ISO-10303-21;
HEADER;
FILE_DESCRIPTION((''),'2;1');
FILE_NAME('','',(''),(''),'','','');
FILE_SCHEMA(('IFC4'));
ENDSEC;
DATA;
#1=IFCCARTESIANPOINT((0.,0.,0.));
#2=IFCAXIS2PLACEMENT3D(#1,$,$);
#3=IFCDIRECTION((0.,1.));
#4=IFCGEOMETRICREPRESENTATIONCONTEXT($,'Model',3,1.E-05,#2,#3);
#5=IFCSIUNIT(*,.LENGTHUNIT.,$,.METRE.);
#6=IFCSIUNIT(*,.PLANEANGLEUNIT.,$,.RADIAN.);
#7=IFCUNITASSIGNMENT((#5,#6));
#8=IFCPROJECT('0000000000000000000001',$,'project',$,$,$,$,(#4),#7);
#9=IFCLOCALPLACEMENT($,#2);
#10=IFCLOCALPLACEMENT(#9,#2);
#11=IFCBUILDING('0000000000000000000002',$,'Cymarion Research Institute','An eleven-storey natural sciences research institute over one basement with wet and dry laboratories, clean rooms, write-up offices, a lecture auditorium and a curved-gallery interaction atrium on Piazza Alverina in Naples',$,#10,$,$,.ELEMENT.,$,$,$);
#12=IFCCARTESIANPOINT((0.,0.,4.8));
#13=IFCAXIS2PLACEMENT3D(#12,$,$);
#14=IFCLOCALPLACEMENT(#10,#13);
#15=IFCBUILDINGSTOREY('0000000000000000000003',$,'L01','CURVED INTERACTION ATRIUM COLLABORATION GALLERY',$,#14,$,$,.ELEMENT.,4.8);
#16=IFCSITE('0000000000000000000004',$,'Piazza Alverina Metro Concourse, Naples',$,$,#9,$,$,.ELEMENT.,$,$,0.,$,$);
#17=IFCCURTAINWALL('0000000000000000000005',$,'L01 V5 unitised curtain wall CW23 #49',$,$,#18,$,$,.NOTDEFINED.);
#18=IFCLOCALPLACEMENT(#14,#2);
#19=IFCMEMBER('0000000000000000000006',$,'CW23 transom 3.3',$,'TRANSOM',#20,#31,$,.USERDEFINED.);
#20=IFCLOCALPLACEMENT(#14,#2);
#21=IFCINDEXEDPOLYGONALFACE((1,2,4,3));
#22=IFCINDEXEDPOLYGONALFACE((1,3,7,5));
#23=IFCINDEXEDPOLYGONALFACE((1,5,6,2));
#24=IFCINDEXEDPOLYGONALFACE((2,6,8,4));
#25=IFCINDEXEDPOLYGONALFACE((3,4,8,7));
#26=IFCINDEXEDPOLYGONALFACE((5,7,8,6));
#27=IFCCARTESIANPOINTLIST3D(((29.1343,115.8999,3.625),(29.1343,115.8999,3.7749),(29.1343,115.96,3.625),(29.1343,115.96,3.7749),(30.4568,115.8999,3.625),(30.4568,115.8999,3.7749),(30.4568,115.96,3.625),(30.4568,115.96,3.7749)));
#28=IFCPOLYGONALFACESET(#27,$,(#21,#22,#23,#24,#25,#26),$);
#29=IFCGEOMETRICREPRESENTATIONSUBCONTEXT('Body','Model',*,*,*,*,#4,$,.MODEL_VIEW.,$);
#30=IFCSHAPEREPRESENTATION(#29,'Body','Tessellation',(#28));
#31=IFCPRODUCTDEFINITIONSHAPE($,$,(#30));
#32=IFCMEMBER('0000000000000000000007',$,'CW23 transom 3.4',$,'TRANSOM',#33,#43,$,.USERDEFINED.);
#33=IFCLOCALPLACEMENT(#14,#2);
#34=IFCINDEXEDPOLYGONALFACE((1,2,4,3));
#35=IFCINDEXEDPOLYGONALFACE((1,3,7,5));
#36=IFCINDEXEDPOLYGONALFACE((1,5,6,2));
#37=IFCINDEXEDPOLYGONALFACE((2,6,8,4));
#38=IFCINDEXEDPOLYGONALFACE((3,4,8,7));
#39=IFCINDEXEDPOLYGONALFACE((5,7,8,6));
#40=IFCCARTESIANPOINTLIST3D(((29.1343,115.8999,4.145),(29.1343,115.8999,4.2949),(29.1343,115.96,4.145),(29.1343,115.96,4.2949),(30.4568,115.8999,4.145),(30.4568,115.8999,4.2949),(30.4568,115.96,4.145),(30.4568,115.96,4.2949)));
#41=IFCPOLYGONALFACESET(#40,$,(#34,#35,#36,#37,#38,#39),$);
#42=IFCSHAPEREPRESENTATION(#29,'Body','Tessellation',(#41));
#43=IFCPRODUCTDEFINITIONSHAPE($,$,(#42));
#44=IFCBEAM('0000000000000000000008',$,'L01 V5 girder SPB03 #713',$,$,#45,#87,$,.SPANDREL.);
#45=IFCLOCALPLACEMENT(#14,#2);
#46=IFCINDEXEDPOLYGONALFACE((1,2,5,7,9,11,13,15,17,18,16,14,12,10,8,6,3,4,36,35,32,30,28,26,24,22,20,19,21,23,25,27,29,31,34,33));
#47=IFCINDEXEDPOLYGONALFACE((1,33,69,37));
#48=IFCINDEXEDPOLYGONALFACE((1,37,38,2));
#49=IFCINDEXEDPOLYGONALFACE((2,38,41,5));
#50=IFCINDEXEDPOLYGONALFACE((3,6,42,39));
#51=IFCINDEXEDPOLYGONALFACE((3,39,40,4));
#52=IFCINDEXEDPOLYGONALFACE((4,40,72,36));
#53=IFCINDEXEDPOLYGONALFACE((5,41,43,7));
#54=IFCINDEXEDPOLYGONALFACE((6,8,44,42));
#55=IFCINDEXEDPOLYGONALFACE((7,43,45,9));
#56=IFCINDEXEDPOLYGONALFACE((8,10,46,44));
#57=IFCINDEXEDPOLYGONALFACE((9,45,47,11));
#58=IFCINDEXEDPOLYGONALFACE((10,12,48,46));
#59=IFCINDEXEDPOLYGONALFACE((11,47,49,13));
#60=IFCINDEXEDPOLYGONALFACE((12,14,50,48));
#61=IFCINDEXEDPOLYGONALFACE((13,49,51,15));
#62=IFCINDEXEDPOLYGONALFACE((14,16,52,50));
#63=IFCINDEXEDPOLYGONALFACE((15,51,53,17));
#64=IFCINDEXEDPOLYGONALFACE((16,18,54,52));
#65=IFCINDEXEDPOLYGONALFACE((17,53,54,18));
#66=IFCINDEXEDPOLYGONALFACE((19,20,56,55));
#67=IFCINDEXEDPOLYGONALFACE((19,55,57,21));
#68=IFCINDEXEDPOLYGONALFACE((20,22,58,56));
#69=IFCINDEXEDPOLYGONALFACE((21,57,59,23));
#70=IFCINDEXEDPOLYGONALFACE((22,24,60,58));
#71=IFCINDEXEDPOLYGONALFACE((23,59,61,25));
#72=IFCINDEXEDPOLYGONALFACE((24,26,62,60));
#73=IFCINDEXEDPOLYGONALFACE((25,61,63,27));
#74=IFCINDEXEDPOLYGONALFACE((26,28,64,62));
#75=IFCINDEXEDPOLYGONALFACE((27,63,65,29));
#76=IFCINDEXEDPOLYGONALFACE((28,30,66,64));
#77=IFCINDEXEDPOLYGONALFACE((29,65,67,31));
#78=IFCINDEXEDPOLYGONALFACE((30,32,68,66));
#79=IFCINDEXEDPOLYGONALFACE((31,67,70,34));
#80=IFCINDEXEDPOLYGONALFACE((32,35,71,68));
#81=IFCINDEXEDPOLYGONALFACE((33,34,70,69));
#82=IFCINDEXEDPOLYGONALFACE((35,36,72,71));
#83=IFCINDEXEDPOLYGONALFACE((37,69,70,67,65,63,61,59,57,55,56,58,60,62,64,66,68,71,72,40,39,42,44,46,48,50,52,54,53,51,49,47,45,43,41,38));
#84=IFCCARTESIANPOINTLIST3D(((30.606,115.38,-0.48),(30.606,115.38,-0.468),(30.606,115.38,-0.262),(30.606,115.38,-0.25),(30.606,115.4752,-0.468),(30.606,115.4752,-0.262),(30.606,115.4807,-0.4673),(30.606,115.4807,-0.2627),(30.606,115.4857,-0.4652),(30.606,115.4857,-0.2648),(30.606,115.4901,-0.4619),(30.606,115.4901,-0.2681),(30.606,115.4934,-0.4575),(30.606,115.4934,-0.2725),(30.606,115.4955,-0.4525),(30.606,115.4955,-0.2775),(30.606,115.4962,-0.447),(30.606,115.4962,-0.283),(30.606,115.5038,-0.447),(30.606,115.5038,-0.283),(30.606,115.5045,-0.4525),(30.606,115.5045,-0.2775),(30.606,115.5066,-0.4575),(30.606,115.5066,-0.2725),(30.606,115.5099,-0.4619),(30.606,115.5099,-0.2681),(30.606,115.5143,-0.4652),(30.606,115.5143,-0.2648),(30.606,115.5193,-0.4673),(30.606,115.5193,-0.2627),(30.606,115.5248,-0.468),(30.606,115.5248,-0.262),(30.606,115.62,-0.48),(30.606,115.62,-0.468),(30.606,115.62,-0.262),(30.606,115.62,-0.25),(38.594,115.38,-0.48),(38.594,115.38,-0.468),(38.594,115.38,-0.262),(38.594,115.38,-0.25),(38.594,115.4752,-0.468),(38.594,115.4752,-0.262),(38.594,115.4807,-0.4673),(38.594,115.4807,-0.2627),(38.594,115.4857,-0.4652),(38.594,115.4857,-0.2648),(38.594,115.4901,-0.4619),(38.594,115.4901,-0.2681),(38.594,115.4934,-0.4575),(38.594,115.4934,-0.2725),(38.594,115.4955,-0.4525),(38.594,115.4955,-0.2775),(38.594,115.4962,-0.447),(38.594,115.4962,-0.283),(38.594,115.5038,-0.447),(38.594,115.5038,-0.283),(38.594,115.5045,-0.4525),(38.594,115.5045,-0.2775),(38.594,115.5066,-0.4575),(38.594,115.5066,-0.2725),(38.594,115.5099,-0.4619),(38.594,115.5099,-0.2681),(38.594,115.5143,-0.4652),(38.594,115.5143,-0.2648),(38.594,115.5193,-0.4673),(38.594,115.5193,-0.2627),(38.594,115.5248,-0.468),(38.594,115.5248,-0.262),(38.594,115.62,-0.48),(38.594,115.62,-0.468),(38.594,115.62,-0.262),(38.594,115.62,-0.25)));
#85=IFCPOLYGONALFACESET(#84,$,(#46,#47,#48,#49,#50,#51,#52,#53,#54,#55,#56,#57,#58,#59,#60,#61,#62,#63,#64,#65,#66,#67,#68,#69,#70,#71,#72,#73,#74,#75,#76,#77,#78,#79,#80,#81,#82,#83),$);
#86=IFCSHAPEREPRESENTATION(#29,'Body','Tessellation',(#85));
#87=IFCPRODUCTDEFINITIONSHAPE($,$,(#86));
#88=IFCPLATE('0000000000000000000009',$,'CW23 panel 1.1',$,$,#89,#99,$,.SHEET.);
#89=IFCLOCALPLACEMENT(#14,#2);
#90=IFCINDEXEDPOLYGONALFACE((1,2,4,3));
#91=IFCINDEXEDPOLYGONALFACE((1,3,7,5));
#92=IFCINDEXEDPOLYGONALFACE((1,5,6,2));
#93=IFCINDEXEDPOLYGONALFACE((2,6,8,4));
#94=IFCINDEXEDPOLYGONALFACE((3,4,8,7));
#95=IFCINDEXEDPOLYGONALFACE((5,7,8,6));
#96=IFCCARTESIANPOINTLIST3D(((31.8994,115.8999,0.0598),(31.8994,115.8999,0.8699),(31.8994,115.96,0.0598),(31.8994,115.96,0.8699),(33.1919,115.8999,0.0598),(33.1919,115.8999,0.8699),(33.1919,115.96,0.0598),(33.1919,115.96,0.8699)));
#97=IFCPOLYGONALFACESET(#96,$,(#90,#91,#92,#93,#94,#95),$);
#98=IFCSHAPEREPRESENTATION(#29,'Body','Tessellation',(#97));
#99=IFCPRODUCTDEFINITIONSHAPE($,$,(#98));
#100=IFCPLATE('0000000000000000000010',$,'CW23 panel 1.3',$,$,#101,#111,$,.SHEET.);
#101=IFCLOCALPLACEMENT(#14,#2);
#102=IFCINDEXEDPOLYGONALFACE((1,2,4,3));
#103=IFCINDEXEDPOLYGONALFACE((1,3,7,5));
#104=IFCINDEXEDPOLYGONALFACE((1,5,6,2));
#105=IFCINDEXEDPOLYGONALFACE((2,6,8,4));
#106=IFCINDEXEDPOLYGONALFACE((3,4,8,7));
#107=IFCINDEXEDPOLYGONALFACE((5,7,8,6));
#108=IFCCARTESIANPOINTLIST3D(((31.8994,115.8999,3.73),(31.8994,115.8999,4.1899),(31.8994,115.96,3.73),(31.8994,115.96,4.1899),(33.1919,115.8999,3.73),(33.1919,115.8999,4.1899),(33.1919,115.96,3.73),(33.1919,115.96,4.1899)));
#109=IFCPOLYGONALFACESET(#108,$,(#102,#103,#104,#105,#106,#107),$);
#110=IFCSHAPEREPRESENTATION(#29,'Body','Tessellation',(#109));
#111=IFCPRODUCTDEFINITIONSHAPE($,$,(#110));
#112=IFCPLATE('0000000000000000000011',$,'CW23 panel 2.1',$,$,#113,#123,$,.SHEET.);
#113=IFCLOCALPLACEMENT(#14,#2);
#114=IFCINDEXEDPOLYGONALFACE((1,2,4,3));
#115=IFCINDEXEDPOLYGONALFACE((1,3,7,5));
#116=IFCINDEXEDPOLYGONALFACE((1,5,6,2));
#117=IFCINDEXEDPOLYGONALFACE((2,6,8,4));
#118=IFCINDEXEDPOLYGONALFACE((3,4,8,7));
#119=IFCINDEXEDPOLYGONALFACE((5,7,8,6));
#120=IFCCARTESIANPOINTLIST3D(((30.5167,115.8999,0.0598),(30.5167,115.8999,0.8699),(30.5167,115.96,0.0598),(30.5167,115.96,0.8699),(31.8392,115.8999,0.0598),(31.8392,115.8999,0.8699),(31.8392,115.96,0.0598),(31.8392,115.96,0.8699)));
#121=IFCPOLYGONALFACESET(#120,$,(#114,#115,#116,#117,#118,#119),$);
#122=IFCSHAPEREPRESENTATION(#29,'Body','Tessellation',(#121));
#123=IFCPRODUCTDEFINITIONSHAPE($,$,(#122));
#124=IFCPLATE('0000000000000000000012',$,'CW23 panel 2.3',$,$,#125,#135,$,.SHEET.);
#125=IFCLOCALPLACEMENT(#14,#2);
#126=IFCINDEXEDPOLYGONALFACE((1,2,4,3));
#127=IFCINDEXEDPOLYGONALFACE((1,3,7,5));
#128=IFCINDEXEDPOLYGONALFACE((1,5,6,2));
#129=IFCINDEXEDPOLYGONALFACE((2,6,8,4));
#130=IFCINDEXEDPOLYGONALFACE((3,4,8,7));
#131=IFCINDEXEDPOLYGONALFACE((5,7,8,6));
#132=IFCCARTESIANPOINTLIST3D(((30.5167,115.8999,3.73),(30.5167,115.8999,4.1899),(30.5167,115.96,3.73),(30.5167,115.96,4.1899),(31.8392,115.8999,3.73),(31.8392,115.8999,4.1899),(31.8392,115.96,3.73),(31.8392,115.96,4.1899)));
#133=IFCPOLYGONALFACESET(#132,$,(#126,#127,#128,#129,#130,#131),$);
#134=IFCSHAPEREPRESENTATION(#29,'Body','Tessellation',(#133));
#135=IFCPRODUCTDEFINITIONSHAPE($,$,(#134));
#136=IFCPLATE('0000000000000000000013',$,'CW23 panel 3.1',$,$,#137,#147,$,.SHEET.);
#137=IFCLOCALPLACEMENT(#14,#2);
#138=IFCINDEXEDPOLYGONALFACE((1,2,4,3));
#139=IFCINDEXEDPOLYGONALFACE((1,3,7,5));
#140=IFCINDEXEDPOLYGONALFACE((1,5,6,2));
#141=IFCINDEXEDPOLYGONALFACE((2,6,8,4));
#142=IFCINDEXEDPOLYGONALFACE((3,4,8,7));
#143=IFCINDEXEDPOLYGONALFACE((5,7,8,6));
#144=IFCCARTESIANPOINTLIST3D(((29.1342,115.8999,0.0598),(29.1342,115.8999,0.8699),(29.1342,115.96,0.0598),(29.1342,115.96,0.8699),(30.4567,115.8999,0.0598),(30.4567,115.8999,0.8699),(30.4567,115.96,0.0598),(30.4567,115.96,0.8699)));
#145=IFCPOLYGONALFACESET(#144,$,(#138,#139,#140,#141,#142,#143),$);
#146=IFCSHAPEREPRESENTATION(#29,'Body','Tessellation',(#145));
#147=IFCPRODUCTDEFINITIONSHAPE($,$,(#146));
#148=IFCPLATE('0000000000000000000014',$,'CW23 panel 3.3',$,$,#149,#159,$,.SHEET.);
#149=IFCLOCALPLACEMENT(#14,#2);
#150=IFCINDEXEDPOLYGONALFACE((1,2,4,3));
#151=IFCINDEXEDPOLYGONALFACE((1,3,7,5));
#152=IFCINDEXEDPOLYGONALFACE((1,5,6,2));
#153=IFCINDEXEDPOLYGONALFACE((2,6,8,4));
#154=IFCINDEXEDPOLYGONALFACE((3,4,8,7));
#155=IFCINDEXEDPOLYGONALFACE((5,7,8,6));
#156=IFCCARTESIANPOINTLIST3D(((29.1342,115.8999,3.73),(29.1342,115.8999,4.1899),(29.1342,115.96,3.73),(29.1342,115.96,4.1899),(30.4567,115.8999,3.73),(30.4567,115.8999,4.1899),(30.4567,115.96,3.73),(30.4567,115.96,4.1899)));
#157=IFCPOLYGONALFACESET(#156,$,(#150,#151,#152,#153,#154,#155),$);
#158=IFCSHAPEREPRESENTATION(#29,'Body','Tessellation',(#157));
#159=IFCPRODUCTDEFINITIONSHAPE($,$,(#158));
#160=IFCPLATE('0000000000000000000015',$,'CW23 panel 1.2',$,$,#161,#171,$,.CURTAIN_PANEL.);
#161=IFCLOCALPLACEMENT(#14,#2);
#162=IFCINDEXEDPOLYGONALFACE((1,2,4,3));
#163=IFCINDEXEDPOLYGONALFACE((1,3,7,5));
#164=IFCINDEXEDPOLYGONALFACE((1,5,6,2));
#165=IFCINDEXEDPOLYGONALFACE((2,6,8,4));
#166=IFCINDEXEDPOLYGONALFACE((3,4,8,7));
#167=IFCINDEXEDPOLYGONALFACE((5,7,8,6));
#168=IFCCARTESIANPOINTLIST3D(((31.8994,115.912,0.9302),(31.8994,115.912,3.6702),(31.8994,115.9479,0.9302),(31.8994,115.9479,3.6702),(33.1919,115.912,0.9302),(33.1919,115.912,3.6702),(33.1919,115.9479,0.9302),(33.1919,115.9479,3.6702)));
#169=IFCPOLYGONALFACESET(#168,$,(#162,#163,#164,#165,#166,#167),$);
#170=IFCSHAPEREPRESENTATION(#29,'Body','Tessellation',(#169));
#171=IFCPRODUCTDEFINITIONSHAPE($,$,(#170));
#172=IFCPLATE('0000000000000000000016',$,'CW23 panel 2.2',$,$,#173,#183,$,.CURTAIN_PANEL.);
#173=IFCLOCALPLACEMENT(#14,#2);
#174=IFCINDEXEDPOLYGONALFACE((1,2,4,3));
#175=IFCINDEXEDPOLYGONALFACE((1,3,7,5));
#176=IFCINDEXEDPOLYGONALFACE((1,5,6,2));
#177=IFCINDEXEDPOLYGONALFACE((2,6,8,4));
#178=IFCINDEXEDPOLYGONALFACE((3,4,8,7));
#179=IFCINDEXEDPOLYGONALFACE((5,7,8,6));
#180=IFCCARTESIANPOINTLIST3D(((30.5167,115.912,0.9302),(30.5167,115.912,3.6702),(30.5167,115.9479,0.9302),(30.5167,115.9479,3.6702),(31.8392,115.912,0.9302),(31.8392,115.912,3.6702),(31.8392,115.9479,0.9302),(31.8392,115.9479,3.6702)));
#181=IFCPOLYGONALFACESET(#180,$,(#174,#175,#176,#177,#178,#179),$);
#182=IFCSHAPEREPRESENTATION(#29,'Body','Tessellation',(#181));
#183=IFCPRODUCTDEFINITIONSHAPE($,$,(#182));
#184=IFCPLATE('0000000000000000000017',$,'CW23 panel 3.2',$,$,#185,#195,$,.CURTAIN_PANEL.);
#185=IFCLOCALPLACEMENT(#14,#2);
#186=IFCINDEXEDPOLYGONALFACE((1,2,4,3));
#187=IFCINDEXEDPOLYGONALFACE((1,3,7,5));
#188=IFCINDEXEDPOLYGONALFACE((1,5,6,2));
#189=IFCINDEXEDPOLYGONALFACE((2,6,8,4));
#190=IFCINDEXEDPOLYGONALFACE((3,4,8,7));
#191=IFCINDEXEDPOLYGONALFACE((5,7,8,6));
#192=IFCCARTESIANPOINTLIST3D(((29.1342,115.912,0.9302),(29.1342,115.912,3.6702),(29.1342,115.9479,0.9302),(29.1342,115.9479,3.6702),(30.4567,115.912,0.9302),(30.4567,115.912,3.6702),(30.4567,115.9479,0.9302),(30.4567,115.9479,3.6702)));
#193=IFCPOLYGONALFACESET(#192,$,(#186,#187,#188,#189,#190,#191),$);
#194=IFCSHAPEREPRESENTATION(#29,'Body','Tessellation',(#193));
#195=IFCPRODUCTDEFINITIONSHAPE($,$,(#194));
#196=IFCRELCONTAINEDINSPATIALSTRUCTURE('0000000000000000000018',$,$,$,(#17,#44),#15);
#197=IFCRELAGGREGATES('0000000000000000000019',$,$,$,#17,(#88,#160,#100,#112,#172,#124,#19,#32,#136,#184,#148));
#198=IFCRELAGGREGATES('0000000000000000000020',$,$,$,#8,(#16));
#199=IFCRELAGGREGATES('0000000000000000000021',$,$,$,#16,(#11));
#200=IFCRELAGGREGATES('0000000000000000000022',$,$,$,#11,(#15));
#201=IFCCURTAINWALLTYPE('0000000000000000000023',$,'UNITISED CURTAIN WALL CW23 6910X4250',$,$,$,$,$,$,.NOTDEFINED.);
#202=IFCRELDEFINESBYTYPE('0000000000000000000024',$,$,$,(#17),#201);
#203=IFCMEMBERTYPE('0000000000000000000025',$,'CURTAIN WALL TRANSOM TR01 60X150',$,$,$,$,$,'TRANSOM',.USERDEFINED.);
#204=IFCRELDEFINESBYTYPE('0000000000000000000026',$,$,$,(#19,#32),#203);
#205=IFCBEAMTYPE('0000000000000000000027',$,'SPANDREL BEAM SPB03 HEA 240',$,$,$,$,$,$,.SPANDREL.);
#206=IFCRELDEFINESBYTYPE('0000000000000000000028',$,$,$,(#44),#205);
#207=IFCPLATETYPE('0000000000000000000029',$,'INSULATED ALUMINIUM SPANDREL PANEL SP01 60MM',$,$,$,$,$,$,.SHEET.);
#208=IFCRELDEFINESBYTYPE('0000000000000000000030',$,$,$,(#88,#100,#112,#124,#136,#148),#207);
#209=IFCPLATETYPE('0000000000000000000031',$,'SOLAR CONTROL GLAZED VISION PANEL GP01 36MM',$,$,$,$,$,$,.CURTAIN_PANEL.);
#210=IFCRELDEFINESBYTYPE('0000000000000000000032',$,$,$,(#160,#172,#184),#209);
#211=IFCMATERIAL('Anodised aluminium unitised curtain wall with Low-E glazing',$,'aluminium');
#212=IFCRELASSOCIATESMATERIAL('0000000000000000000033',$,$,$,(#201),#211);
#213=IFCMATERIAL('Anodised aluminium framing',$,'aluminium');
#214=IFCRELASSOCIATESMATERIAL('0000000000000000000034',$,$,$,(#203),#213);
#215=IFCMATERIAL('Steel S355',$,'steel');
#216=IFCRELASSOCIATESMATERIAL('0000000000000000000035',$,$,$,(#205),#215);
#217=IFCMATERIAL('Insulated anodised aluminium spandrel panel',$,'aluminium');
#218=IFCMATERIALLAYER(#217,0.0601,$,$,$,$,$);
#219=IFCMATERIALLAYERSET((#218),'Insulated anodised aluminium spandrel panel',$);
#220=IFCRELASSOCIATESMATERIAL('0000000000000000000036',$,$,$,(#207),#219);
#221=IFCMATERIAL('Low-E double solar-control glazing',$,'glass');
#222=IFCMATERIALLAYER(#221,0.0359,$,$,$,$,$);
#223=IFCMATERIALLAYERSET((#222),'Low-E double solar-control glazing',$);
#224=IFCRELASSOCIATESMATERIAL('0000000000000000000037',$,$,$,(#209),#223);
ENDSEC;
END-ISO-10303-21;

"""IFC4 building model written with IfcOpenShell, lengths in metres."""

from ifc_helpers import new_model, si_unit, direction, frame, origin, origin_2d, place, context, subcontext, project, spatial, rectangle, i_section, extrude, material, layer, layer_set, material_profile, profile_set, type_object, element, aggregate, save


model = new_model("IFC4")

# Units and contexts
model_context = context("Model", 3, precision=1e-05, world=origin(), true_north=direction((0.0, 1.0)))
body_context = subcontext(model_context, "Body", "Model", "MODEL_VIEW")
ifc_project = project(units=[si_unit("LENGTHUNIT", "METRE"), si_unit("PLANEANGLEUNIT", "RADIAN")], contexts=[model_context])

# Site, building, storey
site_placement = place(None, origin())
site = spatial("IfcSite", under=ifc_project, at=site_placement, Name="Piazza Alverina Metro Concourse, Naples", CompositionType="ELEMENT", RefElevation=0.0)
building_placement = place(site_placement, origin())
building = spatial("IfcBuilding", under=site, at=building_placement, Name="Cymarion Research Institute", Description="An eleven-storey natural sciences research institute over one basement with wet and dry laboratories, clean rooms, write-up offices, a lecture auditorium and a curved-gallery interaction atrium on Piazza Alverina in Naples", CompositionType="ELEMENT")
storey_placement = place(building_placement, frame((0.0, 0.0, 4.8)))
storey = spatial("IfcBuildingStorey", under=building, at=storey_placement, Name="L01", Description="CURVED INTERACTION ATRIUM COLLABORATION GALLERY", CompositionType="ELEMENT", Elevation=4.8)

# Shared definitions
ifc_material_1 = material(Name="Steel S355", Category="steel")

# Curtain wall, members
ifc_material_2 = material(Name="Anodised aluminium unitised curtain wall with Low-E glazing", Category="aluminium")
curtain_wall_type = type_object("IfcCurtainWallType", Name="UNITISED CURTAIN WALL CW23 6910X4250", PredefinedType="NOTDEFINED", material=ifc_material_2)
curtain_wall_placement = place(storey_placement, origin())
curtain_wall = element("IfcCurtainWall", 1, at=curtain_wall_placement, inside=storey, type_object=curtain_wall_type, Name="L01 V5 unitised curtain wall CW23 #49", PredefinedType="NOTDEFINED")
ifc_material_3 = material(Name="Anodised aluminium framing", Category="aluminium")
ifc_material_profile_1 = material_profile(ifc_material_3, rectangle(XDim=0.0601, YDim=0.1499, at=origin_2d()), Name="ALU TRANSOM 60x150")
ifc_profile_set_1 = profile_set([ifc_material_profile_1], Name="Anodised aluminium framing")
member_type_1 = type_object("IfcMemberType", Name="CURTAIN WALL TRANSOM TR01 60X150", ElementType="TRANSOM", PredefinedType="USERDEFINED", material=ifc_profile_set_1)
member_1_placement = place(storey_placement, frame((30.4568, 115.9299, 3.7), z_axis=(-1.0, 0.0, 0.0), x_axis=(0.0, -1.0, 0.0)))
member_1 = element("IfcMember", 2, at=member_1_placement, type_object=member_type_1, Name="CW23 transom 3.3", ObjectType="TRANSOM", PredefinedType="USERDEFINED", context=body_context, shape_type="SweptSolid", body=[
    extrude(rectangle(XDim=0.0601, YDim=0.1499, at=origin_2d()), origin(), (0.0, 0.0, 1.0), 1.3225),
])
member_2_placement = place(storey_placement, frame((30.4568, 115.9299, 4.22), z_axis=(-1.0, 0.0, 0.0), x_axis=(0.0, -1.0, 0.0)))
member_2 = element("IfcMember", 3, at=member_2_placement, type_object=member_type_1, Name="CW23 transom 3.4", ObjectType="TRANSOM", PredefinedType="USERDEFINED", context=body_context, shape_type="SweptSolid", body=[
    extrude(rectangle(XDim=0.0601, YDim=0.1499, at=origin_2d()), origin(), (0.0, 0.0, 1.0), 1.3225),
])

# Beam
ifc_material_profile_2 = material_profile(ifc_material_1, i_section(OverallWidth=0.24, OverallDepth=0.23, WebThickness=0.0076, FlangeThickness=0.012, FilletRadius=0.021, at=origin_2d()), Name="HEA 240")
ifc_profile_set_2 = profile_set([ifc_material_profile_2], Name="Steel S355")
beam_type = type_object("IfcBeamType", Name="SPANDREL BEAM SPB03 HEA 240", PredefinedType="SPANDREL", material=ifc_profile_set_2)
beam_placement = place(storey_placement, frame((30.606, 115.5, -0.365), z_axis=(1.0, 0.0, 0.0), x_axis=(0.0, 1.0, 0.0)))
element("IfcBeam", 4, at=beam_placement, inside=storey, type_object=beam_type, Name="L01 V5 girder SPB03 #713", PredefinedType="SPANDREL", context=body_context, shape_type="SweptSolid", body=[
    extrude(i_section(OverallWidth=0.24, OverallDepth=0.23, WebThickness=0.0076, FlangeThickness=0.012, FilletRadius=0.021, at=origin_2d()), origin(), (0.0, 0.0, 1.0), 7.988),
])

# Plates
ifc_material_4 = material(Name="Insulated anodised aluminium spandrel panel", Category="aluminium")
ifc_layer_1 = layer(ifc_material_4, 0.0601)
ifc_layer_set_1 = layer_set([ifc_layer_1], Name="Insulated anodised aluminium spandrel panel")
plate_type_1 = type_object("IfcPlateType", Name="INSULATED ALUMINIUM SPANDREL PANEL SP01 60MM", PredefinedType="SHEET", material=ifc_layer_set_1)
plate_1_placement = place(storey_placement, frame((32.5457, 115.9299, 0.0598), z_axis=(0.0, 0.0, 1.0), x_axis=(-1.0, 0.0, 0.0)))
plate_1 = element("IfcPlate", 5, at=plate_1_placement, type_object=plate_type_1, Name="CW23 panel 1.1", PredefinedType="SHEET", context=body_context, shape_type="SweptSolid", body=[
    extrude(rectangle(XDim=1.2925, YDim=0.0601, at=origin_2d()), origin(), (0.0, 0.0, 1.0), 0.8101),
])
plate_2_placement = place(storey_placement, frame((32.5457, 115.9299, 3.73), z_axis=(0.0, 0.0, 1.0), x_axis=(-1.0, 0.0, 0.0)))
plate_2 = element("IfcPlate", 6, at=plate_2_placement, type_object=plate_type_1, Name="CW23 panel 1.3", PredefinedType="SHEET", context=body_context, shape_type="SweptSolid", body=[
    extrude(rectangle(XDim=1.2925, YDim=0.0601, at=origin_2d()), origin(), (0.0, 0.0, 1.0), 0.46),
])
plate_3_placement = place(storey_placement, frame((31.178, 115.9299, 0.0598), z_axis=(0.0, 0.0, 1.0), x_axis=(-1.0, 0.0, 0.0)))
plate_3 = element("IfcPlate", 7, at=plate_3_placement, type_object=plate_type_1, Name="CW23 panel 2.1", PredefinedType="SHEET", context=body_context, shape_type="SweptSolid", body=[
    extrude(rectangle(XDim=1.3225, YDim=0.0601, at=origin_2d()), origin(), (0.0, 0.0, 1.0), 0.8101),
])
plate_4_placement = place(storey_placement, frame((31.178, 115.9299, 3.73), z_axis=(0.0, 0.0, 1.0), x_axis=(-1.0, 0.0, 0.0)))
plate_4 = element("IfcPlate", 8, at=plate_4_placement, type_object=plate_type_1, Name="CW23 panel 2.3", PredefinedType="SHEET", context=body_context, shape_type="SweptSolid", body=[
    extrude(rectangle(XDim=1.3225, YDim=0.0601, at=origin_2d()), origin(), (0.0, 0.0, 1.0), 0.46),
])
plate_5_placement = place(storey_placement, frame((29.7954, 115.9299, 0.0598), z_axis=(0.0, 0.0, 1.0), x_axis=(-1.0, 0.0, 0.0)))
plate_5 = element("IfcPlate", 9, at=plate_5_placement, type_object=plate_type_1, Name="CW23 panel 3.1", PredefinedType="SHEET", context=body_context, shape_type="SweptSolid", body=[
    extrude(rectangle(XDim=1.3225, YDim=0.0601, at=origin_2d()), origin(), (0.0, 0.0, 1.0), 0.8101),
])
plate_6_placement = place(storey_placement, frame((29.7954, 115.9299, 3.73), z_axis=(0.0, 0.0, 1.0), x_axis=(-1.0, 0.0, 0.0)))
plate_6 = element("IfcPlate", 10, at=plate_6_placement, type_object=plate_type_1, Name="CW23 panel 3.3", PredefinedType="SHEET", context=body_context, shape_type="SweptSolid", body=[
    extrude(rectangle(XDim=1.3225, YDim=0.0601, at=origin_2d()), origin(), (0.0, 0.0, 1.0), 0.46),
])
ifc_material_5 = material(Name="Low-E double solar-control glazing", Category="glass")
ifc_layer_2 = layer(ifc_material_5, 0.0359)
ifc_layer_set_2 = layer_set([ifc_layer_2], Name="Low-E double solar-control glazing")
plate_type_2 = type_object("IfcPlateType", Name="SOLAR CONTROL GLAZED VISION PANEL GP01 36MM", PredefinedType="CURTAIN_PANEL", material=ifc_layer_set_2)
plate_7_placement = place(storey_placement, frame((32.5457, 115.9299, 0.9302), z_axis=(0.0, 0.0, 1.0), x_axis=(-1.0, 0.0, 0.0)))
plate_7 = element("IfcPlate", 11, at=plate_7_placement, type_object=plate_type_2, Name="CW23 panel 1.2", PredefinedType="CURTAIN_PANEL", context=body_context, shape_type="SweptSolid", body=[
    extrude(rectangle(XDim=1.2925, YDim=0.0359, at=origin_2d()), origin(), (0.0, 0.0, 1.0), 2.74),
])
plate_8_placement = place(storey_placement, frame((31.178, 115.9299, 0.9302), z_axis=(0.0, 0.0, 1.0), x_axis=(-1.0, 0.0, 0.0)))
plate_8 = element("IfcPlate", 12, at=plate_8_placement, type_object=plate_type_2, Name="CW23 panel 2.2", PredefinedType="CURTAIN_PANEL", context=body_context, shape_type="SweptSolid", body=[
    extrude(rectangle(XDim=1.3225, YDim=0.0359, at=origin_2d()), origin(), (0.0, 0.0, 1.0), 2.74),
])
plate_9_placement = place(storey_placement, frame((29.7954, 115.9299, 0.9302), z_axis=(0.0, 0.0, 1.0), x_axis=(-1.0, 0.0, 0.0)))
plate_9 = element("IfcPlate", 13, at=plate_9_placement, type_object=plate_type_2, Name="CW23 panel 3.2", PredefinedType="CURTAIN_PANEL", context=body_context, shape_type="SweptSolid", body=[
    extrude(rectangle(XDim=1.3225, YDim=0.0359, at=origin_2d()), origin(), (0.0, 0.0, 1.0), 2.74),
])
aggregate(curtain_wall, [plate_1, plate_7, plate_2, plate_3, plate_8, plate_4, member_1, member_2, plate_5, plate_9, plate_6])

save(model, "model.ifc")
